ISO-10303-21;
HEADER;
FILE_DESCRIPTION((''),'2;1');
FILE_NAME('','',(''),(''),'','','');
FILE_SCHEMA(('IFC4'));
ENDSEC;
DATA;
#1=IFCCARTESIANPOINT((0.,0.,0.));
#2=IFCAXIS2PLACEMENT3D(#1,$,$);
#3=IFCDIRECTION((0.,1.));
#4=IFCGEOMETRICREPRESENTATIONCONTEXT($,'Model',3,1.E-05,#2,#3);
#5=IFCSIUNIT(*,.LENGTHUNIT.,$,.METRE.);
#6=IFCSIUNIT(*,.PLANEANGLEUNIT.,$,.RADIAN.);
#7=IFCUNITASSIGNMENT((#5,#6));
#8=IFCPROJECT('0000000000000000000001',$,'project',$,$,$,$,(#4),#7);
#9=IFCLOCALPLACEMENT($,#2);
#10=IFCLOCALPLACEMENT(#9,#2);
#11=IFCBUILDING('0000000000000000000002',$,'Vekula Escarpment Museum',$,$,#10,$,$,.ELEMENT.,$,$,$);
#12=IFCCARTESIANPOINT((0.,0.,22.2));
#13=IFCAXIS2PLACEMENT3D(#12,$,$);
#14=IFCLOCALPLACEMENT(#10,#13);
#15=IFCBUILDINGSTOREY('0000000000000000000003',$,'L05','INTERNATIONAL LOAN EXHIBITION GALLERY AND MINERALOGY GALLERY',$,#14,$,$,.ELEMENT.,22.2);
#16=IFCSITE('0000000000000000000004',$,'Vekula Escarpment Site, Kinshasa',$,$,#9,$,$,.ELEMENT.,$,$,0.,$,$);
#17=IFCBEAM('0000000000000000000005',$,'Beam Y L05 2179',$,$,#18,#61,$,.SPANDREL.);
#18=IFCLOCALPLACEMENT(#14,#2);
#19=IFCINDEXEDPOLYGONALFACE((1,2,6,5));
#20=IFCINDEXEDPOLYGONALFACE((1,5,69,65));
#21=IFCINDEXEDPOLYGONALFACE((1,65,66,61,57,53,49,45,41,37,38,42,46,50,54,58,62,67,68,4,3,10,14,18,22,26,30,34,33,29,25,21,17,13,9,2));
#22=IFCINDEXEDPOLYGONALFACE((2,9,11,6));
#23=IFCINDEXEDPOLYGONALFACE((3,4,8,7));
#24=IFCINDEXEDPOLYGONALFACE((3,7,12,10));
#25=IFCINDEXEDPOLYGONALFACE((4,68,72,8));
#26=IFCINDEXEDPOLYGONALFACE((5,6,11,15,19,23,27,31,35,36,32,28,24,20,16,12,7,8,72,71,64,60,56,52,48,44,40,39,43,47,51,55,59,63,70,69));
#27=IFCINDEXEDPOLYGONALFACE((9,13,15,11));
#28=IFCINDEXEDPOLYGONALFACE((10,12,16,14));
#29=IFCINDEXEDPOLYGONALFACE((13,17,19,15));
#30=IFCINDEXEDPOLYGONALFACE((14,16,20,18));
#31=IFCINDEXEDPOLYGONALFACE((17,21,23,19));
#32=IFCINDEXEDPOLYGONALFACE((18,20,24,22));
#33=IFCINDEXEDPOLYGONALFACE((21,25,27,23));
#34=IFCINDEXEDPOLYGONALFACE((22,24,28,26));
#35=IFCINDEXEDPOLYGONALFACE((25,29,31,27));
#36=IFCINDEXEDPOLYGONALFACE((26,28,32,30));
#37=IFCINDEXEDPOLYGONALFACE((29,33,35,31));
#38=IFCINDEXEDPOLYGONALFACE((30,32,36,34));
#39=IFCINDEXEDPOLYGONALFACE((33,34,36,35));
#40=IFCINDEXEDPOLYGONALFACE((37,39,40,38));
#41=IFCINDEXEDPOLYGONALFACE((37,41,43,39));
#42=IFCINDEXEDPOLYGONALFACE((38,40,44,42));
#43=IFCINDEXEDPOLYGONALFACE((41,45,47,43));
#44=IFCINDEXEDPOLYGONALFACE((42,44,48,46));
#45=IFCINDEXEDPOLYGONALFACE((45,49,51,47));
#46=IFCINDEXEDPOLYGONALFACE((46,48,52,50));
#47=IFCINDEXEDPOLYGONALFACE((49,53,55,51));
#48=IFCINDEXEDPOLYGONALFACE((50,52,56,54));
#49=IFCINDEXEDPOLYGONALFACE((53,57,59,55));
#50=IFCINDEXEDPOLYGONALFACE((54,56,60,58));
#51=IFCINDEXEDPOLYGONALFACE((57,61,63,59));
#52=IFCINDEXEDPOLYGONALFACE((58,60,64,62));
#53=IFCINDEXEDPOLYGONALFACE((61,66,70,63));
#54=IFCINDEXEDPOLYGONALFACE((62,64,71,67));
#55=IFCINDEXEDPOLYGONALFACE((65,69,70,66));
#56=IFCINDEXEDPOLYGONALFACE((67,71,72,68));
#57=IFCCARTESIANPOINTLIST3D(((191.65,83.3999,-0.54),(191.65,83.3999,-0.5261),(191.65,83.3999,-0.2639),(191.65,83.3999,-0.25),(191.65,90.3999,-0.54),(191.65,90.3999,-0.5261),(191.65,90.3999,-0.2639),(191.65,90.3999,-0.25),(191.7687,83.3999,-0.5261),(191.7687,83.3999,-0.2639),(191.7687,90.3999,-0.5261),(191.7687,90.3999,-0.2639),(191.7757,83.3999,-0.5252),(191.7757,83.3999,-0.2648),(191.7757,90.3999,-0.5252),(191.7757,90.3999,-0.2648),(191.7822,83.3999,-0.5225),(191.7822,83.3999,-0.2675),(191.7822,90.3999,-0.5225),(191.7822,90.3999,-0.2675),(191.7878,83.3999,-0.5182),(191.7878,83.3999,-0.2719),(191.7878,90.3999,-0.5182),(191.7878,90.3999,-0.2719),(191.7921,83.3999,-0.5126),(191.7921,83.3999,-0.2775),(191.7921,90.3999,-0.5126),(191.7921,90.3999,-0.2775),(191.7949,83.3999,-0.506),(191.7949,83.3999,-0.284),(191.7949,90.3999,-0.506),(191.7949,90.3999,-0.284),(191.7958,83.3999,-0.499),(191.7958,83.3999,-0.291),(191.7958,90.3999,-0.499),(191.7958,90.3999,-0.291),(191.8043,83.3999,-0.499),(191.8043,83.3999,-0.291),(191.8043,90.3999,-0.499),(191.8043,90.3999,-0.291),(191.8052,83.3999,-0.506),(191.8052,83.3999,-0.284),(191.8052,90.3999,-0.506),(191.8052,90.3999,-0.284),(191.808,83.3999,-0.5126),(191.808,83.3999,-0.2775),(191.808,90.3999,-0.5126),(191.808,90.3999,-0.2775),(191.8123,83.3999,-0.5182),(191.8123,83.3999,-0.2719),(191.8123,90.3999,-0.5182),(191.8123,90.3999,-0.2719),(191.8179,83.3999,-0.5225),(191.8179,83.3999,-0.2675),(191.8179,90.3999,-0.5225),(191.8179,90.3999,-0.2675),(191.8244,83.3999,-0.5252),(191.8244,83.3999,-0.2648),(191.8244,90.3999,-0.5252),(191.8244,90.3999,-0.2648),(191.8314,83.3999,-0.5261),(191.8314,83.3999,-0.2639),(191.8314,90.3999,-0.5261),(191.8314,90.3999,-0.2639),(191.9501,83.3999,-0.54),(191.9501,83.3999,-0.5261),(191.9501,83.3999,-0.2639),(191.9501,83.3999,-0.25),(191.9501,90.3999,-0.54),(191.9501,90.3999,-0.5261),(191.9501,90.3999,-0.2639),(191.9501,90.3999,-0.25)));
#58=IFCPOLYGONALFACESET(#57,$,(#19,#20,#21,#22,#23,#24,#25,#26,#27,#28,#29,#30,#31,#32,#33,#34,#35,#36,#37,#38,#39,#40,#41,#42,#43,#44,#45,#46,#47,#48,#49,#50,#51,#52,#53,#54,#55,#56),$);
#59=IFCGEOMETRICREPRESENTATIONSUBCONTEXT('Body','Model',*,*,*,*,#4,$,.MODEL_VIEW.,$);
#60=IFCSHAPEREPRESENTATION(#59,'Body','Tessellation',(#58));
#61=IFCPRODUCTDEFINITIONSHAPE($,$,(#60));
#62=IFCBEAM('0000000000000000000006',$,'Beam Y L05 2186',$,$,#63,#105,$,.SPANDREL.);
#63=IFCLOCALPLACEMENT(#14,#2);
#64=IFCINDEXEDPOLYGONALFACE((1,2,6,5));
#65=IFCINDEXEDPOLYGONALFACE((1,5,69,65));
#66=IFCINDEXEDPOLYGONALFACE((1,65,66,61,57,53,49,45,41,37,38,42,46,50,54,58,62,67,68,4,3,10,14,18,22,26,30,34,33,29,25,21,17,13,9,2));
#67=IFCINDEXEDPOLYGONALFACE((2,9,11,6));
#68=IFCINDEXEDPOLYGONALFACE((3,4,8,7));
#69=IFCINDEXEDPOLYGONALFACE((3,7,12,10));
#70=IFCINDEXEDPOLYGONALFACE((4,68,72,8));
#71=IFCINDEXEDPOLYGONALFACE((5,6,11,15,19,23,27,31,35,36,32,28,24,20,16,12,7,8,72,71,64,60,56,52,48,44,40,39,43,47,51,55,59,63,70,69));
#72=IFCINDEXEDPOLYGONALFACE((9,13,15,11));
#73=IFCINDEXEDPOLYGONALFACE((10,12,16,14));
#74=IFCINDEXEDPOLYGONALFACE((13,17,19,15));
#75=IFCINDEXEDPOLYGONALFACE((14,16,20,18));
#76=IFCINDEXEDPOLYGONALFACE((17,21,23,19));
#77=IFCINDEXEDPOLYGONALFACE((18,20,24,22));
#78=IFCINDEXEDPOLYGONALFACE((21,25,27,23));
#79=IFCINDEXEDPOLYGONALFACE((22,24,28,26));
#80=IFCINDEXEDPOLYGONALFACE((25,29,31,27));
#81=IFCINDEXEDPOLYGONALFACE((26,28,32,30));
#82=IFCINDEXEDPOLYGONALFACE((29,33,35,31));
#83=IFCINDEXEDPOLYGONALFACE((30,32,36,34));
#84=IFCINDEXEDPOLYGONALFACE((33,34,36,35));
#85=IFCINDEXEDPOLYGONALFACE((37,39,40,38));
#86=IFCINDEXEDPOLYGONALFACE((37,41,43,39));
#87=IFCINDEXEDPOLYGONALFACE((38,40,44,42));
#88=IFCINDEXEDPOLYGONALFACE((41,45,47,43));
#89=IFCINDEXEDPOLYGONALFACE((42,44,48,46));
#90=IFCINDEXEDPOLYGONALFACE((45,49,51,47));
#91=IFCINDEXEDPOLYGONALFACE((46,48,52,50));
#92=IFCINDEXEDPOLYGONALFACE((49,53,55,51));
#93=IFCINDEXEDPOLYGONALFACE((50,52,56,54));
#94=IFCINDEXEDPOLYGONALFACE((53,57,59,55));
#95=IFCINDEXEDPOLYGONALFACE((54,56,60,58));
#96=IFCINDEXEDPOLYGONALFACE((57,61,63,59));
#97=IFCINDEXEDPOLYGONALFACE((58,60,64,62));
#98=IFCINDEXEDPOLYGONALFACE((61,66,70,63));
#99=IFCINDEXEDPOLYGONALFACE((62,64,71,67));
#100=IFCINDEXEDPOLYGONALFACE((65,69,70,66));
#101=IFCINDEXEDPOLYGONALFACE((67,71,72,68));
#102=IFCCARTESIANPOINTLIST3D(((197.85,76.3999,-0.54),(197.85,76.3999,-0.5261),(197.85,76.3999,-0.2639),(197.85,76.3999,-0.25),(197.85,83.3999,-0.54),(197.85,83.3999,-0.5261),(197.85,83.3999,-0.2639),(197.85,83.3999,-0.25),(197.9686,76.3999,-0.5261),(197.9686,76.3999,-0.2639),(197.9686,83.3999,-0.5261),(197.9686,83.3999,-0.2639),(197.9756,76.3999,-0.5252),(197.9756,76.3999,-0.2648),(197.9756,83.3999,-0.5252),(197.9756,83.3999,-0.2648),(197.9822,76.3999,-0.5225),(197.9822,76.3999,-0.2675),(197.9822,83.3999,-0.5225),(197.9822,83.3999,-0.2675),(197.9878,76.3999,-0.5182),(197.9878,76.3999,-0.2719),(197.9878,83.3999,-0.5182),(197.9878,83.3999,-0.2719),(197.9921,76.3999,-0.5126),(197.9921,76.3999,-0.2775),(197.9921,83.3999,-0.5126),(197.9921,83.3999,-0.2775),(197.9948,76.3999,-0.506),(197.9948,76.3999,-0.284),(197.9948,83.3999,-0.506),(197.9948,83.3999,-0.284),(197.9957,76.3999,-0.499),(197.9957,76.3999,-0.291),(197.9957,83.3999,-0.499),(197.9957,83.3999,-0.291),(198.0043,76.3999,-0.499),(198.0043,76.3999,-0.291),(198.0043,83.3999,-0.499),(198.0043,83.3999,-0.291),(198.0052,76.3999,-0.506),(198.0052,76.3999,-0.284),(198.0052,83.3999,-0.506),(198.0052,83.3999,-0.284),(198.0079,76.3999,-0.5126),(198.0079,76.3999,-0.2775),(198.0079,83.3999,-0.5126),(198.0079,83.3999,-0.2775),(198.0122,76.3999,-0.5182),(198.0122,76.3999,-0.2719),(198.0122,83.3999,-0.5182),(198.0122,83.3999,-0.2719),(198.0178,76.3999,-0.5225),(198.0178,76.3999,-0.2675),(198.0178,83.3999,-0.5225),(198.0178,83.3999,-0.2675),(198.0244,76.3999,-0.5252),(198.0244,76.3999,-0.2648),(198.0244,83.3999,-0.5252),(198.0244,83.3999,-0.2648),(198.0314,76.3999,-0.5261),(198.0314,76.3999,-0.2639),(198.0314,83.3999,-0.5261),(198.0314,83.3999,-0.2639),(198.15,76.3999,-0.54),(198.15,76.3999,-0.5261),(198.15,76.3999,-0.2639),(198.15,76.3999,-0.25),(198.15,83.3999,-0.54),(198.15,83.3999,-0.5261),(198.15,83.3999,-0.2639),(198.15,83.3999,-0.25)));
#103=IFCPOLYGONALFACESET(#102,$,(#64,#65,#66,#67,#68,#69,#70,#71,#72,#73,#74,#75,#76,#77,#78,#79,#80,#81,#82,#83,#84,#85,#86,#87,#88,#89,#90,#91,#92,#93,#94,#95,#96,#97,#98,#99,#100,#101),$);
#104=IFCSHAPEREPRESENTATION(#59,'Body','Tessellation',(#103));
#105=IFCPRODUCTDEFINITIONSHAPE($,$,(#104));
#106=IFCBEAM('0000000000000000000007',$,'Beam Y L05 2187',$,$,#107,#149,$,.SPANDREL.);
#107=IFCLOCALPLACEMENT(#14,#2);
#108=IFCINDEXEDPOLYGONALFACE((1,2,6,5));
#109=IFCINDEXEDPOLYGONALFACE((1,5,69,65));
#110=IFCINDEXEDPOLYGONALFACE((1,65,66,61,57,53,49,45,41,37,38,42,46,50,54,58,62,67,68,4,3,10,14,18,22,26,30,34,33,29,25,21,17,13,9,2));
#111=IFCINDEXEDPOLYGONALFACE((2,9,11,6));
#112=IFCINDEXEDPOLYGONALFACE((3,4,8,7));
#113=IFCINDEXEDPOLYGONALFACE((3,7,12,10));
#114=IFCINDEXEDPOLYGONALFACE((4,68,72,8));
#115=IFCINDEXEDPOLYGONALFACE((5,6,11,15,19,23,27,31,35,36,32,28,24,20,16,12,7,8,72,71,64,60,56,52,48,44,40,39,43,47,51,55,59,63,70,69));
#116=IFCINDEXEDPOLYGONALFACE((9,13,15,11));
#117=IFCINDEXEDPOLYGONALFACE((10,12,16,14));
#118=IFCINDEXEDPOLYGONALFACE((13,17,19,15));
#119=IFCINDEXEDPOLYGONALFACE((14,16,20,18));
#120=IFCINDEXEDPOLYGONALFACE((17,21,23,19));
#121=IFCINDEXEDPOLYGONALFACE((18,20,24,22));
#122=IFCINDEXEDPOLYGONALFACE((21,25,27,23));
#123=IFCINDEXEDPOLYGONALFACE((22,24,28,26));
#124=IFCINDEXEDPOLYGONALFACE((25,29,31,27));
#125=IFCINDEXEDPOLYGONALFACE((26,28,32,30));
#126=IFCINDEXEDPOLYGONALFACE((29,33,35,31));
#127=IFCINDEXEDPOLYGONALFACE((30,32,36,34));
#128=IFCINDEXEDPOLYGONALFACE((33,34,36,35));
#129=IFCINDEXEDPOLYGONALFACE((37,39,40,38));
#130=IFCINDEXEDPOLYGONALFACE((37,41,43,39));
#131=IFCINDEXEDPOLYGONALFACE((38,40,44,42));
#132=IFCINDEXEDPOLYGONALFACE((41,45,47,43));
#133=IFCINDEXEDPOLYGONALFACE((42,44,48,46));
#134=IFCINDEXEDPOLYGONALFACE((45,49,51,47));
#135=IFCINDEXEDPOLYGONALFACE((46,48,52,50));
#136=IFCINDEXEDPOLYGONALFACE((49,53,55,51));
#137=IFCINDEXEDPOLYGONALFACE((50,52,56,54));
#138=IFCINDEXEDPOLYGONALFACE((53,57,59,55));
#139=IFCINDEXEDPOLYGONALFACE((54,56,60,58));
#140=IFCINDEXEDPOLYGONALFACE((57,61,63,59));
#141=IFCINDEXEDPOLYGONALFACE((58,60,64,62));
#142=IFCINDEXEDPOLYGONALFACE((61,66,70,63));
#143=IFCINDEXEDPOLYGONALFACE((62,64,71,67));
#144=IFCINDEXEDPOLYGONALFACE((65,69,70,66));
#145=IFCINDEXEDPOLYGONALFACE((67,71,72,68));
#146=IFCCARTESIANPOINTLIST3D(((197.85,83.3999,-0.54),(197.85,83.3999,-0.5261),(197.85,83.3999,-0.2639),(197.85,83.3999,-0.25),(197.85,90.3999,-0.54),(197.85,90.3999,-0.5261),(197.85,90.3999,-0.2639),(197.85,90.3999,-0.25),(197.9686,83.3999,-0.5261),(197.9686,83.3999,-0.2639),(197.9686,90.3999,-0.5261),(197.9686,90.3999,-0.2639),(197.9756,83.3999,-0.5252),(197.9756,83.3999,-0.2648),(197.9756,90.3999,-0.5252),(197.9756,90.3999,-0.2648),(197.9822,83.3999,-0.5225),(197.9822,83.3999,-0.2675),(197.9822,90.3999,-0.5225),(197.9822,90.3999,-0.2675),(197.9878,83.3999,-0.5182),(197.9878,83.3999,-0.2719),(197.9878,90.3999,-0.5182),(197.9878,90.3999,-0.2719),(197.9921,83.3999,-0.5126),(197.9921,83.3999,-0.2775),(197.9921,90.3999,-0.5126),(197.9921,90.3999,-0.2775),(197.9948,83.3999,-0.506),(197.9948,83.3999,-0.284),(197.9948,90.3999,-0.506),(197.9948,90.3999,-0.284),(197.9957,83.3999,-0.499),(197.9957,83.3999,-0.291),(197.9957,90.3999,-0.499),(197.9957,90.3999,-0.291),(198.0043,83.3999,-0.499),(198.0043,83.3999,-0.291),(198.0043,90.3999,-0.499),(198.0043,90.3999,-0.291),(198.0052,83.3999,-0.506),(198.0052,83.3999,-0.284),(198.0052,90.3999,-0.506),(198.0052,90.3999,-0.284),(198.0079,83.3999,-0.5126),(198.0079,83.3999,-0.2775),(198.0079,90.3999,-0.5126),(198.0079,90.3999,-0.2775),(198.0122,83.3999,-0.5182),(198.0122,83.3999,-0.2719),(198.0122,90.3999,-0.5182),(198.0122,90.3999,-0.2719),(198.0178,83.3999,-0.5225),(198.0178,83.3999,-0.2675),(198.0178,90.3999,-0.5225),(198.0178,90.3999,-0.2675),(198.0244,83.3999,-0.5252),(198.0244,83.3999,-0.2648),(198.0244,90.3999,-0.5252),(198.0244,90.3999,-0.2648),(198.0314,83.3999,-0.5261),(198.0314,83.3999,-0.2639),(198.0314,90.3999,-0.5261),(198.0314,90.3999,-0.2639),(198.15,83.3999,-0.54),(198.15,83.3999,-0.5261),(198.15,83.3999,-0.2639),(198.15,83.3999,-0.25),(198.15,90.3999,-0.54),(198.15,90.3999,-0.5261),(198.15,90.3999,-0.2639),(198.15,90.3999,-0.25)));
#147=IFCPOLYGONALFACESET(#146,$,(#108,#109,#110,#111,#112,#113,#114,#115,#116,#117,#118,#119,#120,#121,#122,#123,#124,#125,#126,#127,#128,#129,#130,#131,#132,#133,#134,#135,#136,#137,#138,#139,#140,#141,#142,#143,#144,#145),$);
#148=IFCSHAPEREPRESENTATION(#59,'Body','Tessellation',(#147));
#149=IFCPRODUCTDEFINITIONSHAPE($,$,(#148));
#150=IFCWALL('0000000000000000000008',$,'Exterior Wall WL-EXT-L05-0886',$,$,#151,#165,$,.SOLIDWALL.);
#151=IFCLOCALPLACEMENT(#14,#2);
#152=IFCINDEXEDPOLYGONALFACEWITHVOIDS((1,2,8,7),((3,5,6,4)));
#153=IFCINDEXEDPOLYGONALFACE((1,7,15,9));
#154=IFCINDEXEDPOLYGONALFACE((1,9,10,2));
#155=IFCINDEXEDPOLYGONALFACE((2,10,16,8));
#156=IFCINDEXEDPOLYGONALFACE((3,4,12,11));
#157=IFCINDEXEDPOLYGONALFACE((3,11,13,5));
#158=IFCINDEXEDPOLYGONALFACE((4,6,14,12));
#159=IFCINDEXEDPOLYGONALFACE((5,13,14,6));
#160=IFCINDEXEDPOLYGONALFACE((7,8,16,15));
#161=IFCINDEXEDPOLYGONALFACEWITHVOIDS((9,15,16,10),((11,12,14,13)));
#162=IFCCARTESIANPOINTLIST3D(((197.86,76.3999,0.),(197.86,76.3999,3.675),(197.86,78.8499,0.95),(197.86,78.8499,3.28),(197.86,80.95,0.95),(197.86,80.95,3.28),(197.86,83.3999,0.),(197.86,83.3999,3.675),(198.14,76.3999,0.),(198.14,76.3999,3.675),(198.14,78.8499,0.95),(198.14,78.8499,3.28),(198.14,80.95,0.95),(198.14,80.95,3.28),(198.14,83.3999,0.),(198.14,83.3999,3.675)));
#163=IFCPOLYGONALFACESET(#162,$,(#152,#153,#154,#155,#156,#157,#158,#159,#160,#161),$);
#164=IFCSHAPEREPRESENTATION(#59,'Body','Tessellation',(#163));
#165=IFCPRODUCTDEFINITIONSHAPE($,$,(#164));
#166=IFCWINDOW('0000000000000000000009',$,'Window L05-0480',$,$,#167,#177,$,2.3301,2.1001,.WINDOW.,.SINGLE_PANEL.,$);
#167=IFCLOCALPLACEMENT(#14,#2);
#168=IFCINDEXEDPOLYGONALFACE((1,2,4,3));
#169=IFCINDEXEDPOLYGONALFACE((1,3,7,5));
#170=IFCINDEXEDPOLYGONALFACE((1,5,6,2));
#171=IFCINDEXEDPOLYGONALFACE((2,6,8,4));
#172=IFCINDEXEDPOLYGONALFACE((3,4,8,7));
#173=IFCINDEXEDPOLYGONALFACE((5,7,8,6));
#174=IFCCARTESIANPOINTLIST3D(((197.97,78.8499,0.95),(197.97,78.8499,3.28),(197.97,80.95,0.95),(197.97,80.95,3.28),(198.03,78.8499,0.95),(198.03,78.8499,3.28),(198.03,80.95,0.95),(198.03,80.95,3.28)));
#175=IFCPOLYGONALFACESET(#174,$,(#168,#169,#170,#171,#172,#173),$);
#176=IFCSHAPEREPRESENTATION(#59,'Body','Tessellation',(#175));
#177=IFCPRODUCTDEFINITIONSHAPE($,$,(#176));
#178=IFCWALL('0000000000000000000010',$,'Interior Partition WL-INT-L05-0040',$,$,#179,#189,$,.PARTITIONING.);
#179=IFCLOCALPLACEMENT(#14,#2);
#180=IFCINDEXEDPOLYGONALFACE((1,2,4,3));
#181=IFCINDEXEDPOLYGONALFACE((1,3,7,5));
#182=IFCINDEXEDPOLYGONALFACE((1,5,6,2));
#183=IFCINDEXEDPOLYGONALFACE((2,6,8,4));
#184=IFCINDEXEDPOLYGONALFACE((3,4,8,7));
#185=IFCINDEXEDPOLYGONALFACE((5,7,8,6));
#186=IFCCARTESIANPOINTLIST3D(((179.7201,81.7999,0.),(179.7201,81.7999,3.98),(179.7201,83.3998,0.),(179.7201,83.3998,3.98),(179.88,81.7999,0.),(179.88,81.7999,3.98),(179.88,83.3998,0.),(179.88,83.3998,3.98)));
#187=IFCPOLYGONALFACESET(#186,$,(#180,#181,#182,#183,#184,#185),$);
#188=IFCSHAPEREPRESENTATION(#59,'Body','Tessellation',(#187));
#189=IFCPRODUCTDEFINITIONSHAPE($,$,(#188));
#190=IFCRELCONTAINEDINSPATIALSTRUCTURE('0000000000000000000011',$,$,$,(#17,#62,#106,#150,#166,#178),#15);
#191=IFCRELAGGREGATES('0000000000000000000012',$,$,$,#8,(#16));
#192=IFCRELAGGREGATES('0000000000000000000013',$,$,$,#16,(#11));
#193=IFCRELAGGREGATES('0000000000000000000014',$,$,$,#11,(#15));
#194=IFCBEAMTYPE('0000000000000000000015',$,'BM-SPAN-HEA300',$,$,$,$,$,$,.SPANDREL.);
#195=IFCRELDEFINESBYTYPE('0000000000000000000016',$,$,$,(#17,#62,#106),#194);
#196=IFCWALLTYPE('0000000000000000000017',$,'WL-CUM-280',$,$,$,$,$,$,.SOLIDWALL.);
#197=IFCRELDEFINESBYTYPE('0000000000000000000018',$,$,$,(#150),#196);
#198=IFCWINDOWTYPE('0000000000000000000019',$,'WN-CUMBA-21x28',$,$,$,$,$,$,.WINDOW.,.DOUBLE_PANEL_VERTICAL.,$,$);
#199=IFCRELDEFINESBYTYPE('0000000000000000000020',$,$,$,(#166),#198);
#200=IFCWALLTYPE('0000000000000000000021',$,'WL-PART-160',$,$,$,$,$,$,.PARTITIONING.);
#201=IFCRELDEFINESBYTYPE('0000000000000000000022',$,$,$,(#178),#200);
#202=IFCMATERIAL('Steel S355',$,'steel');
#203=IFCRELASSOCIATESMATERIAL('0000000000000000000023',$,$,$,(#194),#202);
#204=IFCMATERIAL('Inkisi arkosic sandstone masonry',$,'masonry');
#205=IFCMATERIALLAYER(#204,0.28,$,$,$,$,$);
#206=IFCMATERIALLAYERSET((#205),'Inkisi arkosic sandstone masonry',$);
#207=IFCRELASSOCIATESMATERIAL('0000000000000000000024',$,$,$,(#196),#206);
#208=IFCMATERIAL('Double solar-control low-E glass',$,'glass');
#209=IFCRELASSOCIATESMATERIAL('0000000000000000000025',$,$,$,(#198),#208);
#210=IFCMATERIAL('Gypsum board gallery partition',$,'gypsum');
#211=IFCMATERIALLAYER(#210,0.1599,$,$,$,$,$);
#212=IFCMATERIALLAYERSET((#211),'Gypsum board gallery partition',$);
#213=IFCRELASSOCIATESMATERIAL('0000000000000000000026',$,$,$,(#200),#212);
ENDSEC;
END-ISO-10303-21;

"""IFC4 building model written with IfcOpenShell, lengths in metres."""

from ifc_helpers import new_model, si_unit, direction, frame, frame_2d, origin, origin_2d, place, context, subcontext, project, spatial, rectangle, i_section, extrude, material, layer, layer_set, material_profile, profile_set, type_object, element, fill, save


model = new_model("IFC4")

# Units and contexts
model_context = context("Model", 3, precision=1e-05, world=origin(), true_north=direction((0.0, 1.0)))
body_context = subcontext(model_context, "Body", "Model", "MODEL_VIEW")
ifc_project = project(units=[si_unit("LENGTHUNIT", "METRE"), si_unit("PLANEANGLEUNIT", "RADIAN")], contexts=[model_context])

# Site, building, storey
site_placement = place(None, origin())
site = spatial("IfcSite", under=ifc_project, at=site_placement, Name="Vekula Escarpment Site, Kinshasa", CompositionType="ELEMENT", RefElevation=0.0)
building_placement = place(site_placement, origin())
building = spatial("IfcBuilding", under=site, at=building_placement, Name="Vekula Escarpment Museum", CompositionType="ELEMENT")
storey_placement = place(building_placement, frame((0.0, 0.0, 22.2)))
storey = spatial("IfcBuildingStorey", under=building, at=storey_placement, Name="L05", Description="INTERNATIONAL LOAN EXHIBITION GALLERY AND MINERALOGY GALLERY", CompositionType="ELEMENT", Elevation=22.2)

# Beams
ifc_material_1 = material(Name="Steel S355", Category="steel")
ifc_material_profile_1 = material_profile(ifc_material_1, i_section(OverallWidth=0.3, OverallDepth=0.29, WebThickness=0.0085, FlangeThickness=0.0139, FilletRadius=0.0271, at=origin_2d()), Name="HEA 300")
ifc_profile_set_1 = profile_set([ifc_material_profile_1], Name="Steel S355")
beam_type_1 = type_object("IfcBeamType", Name="BM-SPAN-HEA300", PredefinedType="SPANDREL", material=ifc_profile_set_1)
for number, where, z_axis, x_axis, name in (
    (1, (191.8, 83.3999, -0.395), (0.0, 1.0, 0.0), (-1.0, 0.0, 0.0), "Beam Y L05 2179"),
    (2, (198.0, 76.3999, -0.395), (0.0, 1.0, 0.0), (-1.0, 0.0, 0.0), "Beam Y L05 2186"),
    (3, (198.0, 83.3999, -0.395), (0.0, 1.0, 0.0), (-1.0, 0.0, 0.0), "Beam Y L05 2187"),
):
    element("IfcBeam", number, at=place(storey_placement, frame(where, z_axis=z_axis, x_axis=x_axis)), inside=storey, type_object=beam_type_1, Name=name, PredefinedType="SPANDREL", context=body_context, shape_type="SweptSolid", body=[
        extrude(i_section(OverallWidth=0.3, OverallDepth=0.29, WebThickness=0.0085, FlangeThickness=0.0139, FilletRadius=0.0271, at=origin_2d()), origin(), (0.0, 0.0, 1.0), 7.0),
    ])

# Wall, opening, window
ifc_material_2 = material(Name="Inkisi arkosic sandstone masonry", Category="masonry")
ifc_layer_1 = layer(ifc_material_2, 0.28)
ifc_layer_set_1 = layer_set([ifc_layer_1], Name="Inkisi arkosic sandstone masonry")
wall_type_1 = type_object("IfcWallType", Name="WL-CUM-280", PredefinedType="SOLIDWALL", material=ifc_layer_set_1)
wall_1_placement = place(storey_placement, frame((198.0, 83.3999, 0.0), z_axis=(0.0, 0.0, 1.0), x_axis=(0.0, -1.0, 0.0)))
wall_1 = element("IfcWall", 4, at=wall_1_placement, inside=storey, type_object=wall_type_1, Name="Exterior Wall WL-EXT-L05-0886", PredefinedType="SOLIDWALL", context=body_context, shape_type="SweptSolid", body=[
    extrude(rectangle(XDim=7.0, YDim=0.28, at=frame_2d((3.5, 0.0))), origin(), (0.0, 0.0, 1.0), 3.675),
])
opening_placement = place(wall_1_placement, frame((2.45, 0.0, 0.95)))
opening = element("IfcOpeningElement", 5, at=opening_placement, cuts=wall_1, PredefinedType="OPENING", context=body_context, shape_type="SweptSolid", body=[
    extrude(rectangle(XDim=2.1001, YDim=2.3301, at=frame_2d((1.05, 1.165))), frame((0.0, 0.1499, 0.0), z_axis=(0.0, -1.0, 0.0), x_axis=(1.0, 0.0, 0.0)), (0.0, 0.0, 1.0), 0.3),
])
ifc_material_3 = material(Name="Double solar-control low-E glass", Category="glass")
window_type = type_object("IfcWindowType", Name="WN-CUMBA-21x28", PartitioningType="DOUBLE_PANEL_VERTICAL", PredefinedType="WINDOW", material=ifc_material_3)
window_placement = place(opening_placement, origin())
window = element("IfcWindow", 6, at=window_placement, inside=storey, type_object=window_type, Name="Window L05-0480", OverallHeight=2.3301, OverallWidth=2.1001, PartitioningType="SINGLE_PANEL", PredefinedType="WINDOW", context=body_context, shape_type="SweptSolid", body=[
    extrude(rectangle(XDim=2.1001, YDim=2.3301, at=frame_2d((1.05, 1.165))), frame((0.0, 0.03, 0.0), z_axis=(0.0, -1.0, 0.0), x_axis=(1.0, 0.0, 0.0)), (0.0, 0.0, 1.0), 0.0601),
])
fill(opening, window)

# Wall
ifc_material_4 = material(Name="Gypsum board gallery partition", Category="gypsum")
ifc_layer_2 = layer(ifc_material_4, 0.1599)
ifc_layer_set_2 = layer_set([ifc_layer_2], Name="Gypsum board gallery partition")
wall_type_2 = type_object("IfcWallType", Name="WL-PART-160", PredefinedType="PARTITIONING", material=ifc_layer_set_2)
wall_2_placement = place(storey_placement, frame((179.8, 81.8, 0.0), z_axis=(0.0, 0.0, 1.0), x_axis=(0.0, 1.0, 0.0)))
element("IfcWall", 7, at=wall_2_placement, inside=storey, type_object=wall_type_2, Name="Interior Partition WL-INT-L05-0040", PredefinedType="PARTITIONING", context=body_context, shape_type="SweptSolid", body=[
    extrude(rectangle(XDim=1.5999, YDim=0.1599, at=frame_2d((0.7998, 0.0))), origin(), (0.0, 0.0, 1.0), 3.98),
])

save(model, "model.ifc")
